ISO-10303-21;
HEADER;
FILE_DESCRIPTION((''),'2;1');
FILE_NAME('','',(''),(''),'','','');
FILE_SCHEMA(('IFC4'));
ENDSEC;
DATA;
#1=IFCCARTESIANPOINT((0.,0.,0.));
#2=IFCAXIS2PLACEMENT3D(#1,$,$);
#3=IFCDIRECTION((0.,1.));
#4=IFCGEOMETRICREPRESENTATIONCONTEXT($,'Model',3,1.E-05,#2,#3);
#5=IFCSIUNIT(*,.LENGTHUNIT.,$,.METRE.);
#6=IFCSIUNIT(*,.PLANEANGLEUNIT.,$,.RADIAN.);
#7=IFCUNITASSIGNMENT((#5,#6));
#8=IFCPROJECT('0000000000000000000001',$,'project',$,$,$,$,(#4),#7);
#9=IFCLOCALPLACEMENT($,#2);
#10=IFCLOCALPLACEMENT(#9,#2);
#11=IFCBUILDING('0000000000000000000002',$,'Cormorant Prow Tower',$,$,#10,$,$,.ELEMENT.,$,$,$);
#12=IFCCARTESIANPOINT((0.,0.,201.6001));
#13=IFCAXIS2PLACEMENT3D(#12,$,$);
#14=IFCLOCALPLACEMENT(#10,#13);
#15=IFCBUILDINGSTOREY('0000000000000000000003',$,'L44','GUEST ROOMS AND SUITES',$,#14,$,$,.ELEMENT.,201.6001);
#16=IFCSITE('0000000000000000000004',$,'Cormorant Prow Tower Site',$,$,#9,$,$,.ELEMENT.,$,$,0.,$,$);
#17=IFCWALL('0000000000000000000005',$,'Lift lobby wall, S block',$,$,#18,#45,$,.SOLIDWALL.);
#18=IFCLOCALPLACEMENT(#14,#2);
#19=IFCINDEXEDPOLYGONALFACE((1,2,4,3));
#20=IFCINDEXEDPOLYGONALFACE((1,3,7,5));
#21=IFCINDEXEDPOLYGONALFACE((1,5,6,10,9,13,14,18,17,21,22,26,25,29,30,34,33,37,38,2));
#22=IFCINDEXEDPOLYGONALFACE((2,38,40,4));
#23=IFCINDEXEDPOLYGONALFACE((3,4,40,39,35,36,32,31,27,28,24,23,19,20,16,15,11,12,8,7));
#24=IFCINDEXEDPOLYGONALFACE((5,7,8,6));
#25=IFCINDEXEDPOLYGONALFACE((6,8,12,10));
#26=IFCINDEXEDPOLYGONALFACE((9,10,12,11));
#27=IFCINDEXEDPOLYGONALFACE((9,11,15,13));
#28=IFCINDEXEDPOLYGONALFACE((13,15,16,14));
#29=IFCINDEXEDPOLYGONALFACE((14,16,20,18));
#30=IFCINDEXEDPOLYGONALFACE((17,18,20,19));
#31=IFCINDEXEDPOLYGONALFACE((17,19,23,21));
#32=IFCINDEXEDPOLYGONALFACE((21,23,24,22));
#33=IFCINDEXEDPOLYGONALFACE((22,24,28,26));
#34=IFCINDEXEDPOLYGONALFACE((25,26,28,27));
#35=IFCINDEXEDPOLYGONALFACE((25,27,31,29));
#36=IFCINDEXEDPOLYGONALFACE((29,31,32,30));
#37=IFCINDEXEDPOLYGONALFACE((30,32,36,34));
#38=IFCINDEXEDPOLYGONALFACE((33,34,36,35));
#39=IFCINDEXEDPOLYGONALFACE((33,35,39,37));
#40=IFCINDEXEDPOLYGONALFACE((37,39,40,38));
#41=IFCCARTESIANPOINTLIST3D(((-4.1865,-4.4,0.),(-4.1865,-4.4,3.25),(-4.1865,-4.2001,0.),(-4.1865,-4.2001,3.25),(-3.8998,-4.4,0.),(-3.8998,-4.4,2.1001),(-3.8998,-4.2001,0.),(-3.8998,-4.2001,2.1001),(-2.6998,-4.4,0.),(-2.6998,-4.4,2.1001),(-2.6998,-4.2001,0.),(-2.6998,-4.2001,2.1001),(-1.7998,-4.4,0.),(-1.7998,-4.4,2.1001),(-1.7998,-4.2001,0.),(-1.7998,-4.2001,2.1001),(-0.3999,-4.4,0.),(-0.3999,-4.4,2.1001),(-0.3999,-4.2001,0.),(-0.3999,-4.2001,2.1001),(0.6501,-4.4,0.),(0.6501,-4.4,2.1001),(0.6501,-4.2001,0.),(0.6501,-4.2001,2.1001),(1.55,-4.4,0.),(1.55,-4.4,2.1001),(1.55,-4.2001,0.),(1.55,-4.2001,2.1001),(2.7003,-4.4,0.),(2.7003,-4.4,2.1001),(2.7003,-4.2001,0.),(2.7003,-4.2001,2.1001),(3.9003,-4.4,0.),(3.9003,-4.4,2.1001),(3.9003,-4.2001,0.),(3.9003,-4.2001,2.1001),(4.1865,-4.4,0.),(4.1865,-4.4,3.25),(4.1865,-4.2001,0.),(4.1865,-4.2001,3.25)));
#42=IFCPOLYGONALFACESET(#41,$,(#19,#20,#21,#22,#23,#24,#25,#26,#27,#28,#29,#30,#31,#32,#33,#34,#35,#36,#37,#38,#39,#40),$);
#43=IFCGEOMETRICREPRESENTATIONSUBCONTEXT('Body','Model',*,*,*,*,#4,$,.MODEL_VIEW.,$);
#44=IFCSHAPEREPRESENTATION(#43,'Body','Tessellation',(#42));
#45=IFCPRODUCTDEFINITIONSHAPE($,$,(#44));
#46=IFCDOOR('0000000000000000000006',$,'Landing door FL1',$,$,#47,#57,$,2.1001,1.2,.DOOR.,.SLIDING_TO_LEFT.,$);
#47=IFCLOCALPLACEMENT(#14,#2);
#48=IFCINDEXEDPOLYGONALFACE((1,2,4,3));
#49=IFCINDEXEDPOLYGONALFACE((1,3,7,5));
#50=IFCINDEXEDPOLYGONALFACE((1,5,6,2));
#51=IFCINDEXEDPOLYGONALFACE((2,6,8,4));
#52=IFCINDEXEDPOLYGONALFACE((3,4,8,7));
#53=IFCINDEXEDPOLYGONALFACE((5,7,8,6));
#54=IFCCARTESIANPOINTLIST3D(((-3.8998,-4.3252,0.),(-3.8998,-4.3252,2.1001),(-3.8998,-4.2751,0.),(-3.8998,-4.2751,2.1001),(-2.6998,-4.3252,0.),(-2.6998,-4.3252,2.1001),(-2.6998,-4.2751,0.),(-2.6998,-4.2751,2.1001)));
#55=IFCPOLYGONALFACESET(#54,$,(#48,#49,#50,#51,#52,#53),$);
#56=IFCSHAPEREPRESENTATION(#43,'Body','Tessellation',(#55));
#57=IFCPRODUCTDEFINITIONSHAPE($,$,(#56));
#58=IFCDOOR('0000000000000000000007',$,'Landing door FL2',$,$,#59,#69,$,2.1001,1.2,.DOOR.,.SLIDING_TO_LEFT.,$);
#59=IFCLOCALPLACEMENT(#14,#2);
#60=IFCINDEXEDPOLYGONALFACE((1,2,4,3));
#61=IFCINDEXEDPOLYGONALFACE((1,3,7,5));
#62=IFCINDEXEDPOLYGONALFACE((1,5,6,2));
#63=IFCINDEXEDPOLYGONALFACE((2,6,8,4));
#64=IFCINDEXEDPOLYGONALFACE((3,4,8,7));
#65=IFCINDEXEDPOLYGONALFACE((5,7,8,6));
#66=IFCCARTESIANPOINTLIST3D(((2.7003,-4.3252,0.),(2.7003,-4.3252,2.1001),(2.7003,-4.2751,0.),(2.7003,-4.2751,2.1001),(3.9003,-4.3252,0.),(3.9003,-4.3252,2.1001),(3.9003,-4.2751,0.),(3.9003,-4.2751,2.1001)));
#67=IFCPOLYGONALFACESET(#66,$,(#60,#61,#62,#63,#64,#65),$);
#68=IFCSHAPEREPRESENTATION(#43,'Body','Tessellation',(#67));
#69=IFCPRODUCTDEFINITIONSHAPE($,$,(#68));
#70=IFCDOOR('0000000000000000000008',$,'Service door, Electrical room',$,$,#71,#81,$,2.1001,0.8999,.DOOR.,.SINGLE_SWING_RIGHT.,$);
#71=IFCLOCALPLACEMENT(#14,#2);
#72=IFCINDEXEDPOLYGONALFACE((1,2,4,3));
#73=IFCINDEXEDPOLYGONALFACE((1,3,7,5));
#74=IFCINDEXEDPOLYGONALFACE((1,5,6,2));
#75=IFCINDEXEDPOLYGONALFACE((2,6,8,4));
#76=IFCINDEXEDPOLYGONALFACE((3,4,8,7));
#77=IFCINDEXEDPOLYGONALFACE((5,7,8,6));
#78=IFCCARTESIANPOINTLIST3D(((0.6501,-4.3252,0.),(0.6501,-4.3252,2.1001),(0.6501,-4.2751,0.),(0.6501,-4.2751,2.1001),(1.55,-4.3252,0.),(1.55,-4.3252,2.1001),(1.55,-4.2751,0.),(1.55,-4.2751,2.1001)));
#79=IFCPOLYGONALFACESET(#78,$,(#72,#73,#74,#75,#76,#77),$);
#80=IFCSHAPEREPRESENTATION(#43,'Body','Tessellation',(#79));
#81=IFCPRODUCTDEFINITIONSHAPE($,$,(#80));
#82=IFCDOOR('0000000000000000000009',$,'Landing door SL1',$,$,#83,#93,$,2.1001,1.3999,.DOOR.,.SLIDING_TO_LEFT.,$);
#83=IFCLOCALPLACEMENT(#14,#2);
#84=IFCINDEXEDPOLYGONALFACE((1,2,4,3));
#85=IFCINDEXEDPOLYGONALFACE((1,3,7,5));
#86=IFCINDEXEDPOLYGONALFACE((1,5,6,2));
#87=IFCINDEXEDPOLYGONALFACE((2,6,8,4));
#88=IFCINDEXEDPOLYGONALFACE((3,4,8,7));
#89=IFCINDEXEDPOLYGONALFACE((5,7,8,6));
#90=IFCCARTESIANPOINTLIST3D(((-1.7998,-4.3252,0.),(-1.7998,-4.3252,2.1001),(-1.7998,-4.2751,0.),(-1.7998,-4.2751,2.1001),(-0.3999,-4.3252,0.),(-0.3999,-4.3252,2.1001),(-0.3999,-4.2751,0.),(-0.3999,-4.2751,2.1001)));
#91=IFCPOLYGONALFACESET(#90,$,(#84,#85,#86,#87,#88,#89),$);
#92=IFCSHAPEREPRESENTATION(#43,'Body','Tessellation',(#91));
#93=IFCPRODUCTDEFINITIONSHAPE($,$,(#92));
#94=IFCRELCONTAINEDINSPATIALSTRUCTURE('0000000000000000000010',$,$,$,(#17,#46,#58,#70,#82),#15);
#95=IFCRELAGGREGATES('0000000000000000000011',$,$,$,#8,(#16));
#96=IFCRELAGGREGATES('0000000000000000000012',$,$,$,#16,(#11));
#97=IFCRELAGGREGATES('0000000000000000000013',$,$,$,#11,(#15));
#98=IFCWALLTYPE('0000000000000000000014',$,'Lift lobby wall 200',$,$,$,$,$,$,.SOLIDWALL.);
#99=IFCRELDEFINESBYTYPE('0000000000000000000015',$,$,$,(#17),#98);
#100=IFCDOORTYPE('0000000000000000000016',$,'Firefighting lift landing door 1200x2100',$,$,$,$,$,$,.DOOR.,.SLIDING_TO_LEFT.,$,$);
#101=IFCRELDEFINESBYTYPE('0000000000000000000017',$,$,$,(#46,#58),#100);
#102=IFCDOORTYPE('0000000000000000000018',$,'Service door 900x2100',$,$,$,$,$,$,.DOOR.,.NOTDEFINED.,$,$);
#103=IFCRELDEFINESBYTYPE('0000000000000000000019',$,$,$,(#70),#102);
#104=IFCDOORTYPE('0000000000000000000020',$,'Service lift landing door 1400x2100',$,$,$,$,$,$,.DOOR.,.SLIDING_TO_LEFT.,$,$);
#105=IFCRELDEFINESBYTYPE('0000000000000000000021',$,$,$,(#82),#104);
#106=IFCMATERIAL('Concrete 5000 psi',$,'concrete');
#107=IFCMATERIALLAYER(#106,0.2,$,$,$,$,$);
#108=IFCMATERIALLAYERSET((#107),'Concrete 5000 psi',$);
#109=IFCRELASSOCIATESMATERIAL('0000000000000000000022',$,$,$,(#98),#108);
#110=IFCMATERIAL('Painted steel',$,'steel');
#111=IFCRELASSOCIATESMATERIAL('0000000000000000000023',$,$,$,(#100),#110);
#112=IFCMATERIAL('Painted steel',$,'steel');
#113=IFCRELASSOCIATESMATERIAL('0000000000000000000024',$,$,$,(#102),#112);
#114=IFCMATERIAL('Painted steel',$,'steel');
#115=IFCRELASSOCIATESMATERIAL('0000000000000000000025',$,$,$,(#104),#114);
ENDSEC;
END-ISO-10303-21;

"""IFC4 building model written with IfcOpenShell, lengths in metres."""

from ifc_helpers import new_model, si_unit, direction, frame, frame_2d, origin, place, context, subcontext, project, spatial, rectangle, extrude, material, layer, layer_set, type_object, element, fill, save


model = new_model("IFC4")

# Units and contexts
model_context = context("Model", 3, precision=1e-05, world=origin(), true_north=direction((0.0, 1.0)))
body_context = subcontext(model_context, "Body", "Model", "MODEL_VIEW")
ifc_project = project(units=[si_unit("LENGTHUNIT", "METRE"), si_unit("PLANEANGLEUNIT", "RADIAN")], contexts=[model_context])

# Site, building, storey
site_placement = place(None, origin())
site = spatial("IfcSite", under=ifc_project, at=site_placement, Name="Cormorant Prow Tower Site", CompositionType="ELEMENT", RefElevation=0.0)
building_placement = place(site_placement, origin())
building = spatial("IfcBuilding", under=site, at=building_placement, Name="Cormorant Prow Tower", CompositionType="ELEMENT")
storey_placement = place(building_placement, frame((0.0, 0.0, 201.6001)))
storey = spatial("IfcBuildingStorey", under=building, at=storey_placement, Name="L44", Description="GUEST ROOMS AND SUITES", CompositionType="ELEMENT", Elevation=201.6001)

# Wall, openings, doors
ifc_material_1 = material(Name="Concrete 5000 psi", Category="concrete")
ifc_layer_1 = layer(ifc_material_1, 0.2)
ifc_layer_set_1 = layer_set([ifc_layer_1], Name="Concrete 5000 psi")
wall_type_1 = type_object("IfcWallType", Name="Lift lobby wall 200", PredefinedType="SOLIDWALL", material=ifc_layer_set_1)
wall_1_placement = place(storey_placement, frame((-4.1865, -4.3, 0.0), z_axis=(0.0, 0.0, 1.0), x_axis=(1.0, 0.0, 0.0)))
wall_1 = element("IfcWall", 1, at=wall_1_placement, inside=storey, type_object=wall_type_1, Name="Lift lobby wall, S block", PredefinedType="SOLIDWALL", context=body_context, shape_type="SweptSolid", body=[
    extrude(rectangle(XDim=8.373, YDim=0.2, at=frame_2d((4.1865, 0.0))), origin(), (0.0, 0.0, 1.0), 3.25),
])
opening_1_placement = place(wall_1_placement, frame((0.2866, 0.0, 0.0)))
opening_1 = element("IfcOpeningElement", 2, at=opening_1_placement, cuts=wall_1, PredefinedType="OPENING", context=body_context, shape_type="SweptSolid", body=[
    extrude(rectangle(XDim=1.2, YDim=2.1001, at=frame_2d((0.6001, 1.05))), frame((0.0, 0.1099, 0.0), z_axis=(0.0, -1.0, 0.0), x_axis=(1.0, 0.0, 0.0)), (0.0, 0.0, 1.0), 0.22),
])
opening_2_placement = place(wall_1_placement, frame((2.3867, 0.0, 0.0)))
opening_2 = element("IfcOpeningElement", 3, at=opening_2_placement, cuts=wall_1, PredefinedType="OPENING", context=body_context, shape_type="SweptSolid", body=[
    extrude(rectangle(XDim=1.3999, YDim=2.1001, at=frame_2d((0.7, 1.05))), frame((0.0, 0.1099, 0.0), z_axis=(0.0, -1.0, 0.0), x_axis=(1.0, 0.0, 0.0)), (0.0, 0.0, 1.0), 0.22),
])
opening_3_placement = place(wall_1_placement, frame((4.8367, 0.0, 0.0)))
opening_3 = element("IfcOpeningElement", 4, at=opening_3_placement, cuts=wall_1, PredefinedType="OPENING", context=body_context, shape_type="SweptSolid", body=[
    extrude(rectangle(XDim=0.8999, YDim=2.1001, at=frame_2d((0.45, 1.05))), frame((0.0, 0.1099, 0.0), z_axis=(0.0, -1.0, 0.0), x_axis=(1.0, 0.0, 0.0)), (0.0, 0.0, 1.0), 0.22),
])
opening_4_placement = place(wall_1_placement, frame((6.8867, 0.0, 0.0)))
opening_4 = element("IfcOpeningElement", 5, at=opening_4_placement, cuts=wall_1, PredefinedType="OPENING", context=body_context, shape_type="SweptSolid", body=[
    extrude(rectangle(XDim=1.2, YDim=2.1001, at=frame_2d((0.6001, 1.05))), frame((0.0, 0.1099, 0.0), z_axis=(0.0, -1.0, 0.0), x_axis=(1.0, 0.0, 0.0)), (0.0, 0.0, 1.0), 0.22),
])
ifc_material_2 = material(Name="Painted steel", Category="steel")
door_type_1 = type_object("IfcDoorType", Name="Firefighting lift landing door 1200x2100", OperationType="SLIDING_TO_LEFT", PredefinedType="DOOR", material=ifc_material_2)
door_1_placement = place(opening_1_placement, origin())
door_1 = element("IfcDoor", 6, at=door_1_placement, inside=storey, type_object=door_type_1, Name="Landing door FL1", OperationType="SLIDING_TO_LEFT", OverallHeight=2.1001, OverallWidth=1.2, PredefinedType="DOOR", context=body_context, shape_type="SweptSolid", body=[
    extrude(rectangle(XDim=1.2, YDim=2.1001, at=frame_2d((0.6001, 1.05))), frame((0.0, 0.0249, 0.0), z_axis=(0.0, -1.0, 0.0), x_axis=(1.0, 0.0, 0.0)), (0.0, 0.0, 1.0), 0.05),
])
fill(opening_1, door_1)
door_2_placement = place(opening_4_placement, origin())
door_2 = element("IfcDoor", 7, at=door_2_placement, inside=storey, type_object=door_type_1, Name="Landing door FL2", OperationType="SLIDING_TO_LEFT", OverallHeight=2.1001, OverallWidth=1.2, PredefinedType="DOOR", context=body_context, shape_type="SweptSolid", body=[
    extrude(rectangle(XDim=1.2, YDim=2.1001, at=frame_2d((0.6001, 1.05))), frame((0.0, 0.0249, 0.0), z_axis=(0.0, -1.0, 0.0), x_axis=(1.0, 0.0, 0.0)), (0.0, 0.0, 1.0), 0.05),
])
fill(opening_4, door_2)
ifc_material_3 = material(Name="Painted steel", Category="steel")
door_type_2 = type_object("IfcDoorType", Name="Service door 900x2100", OperationType="NOTDEFINED", PredefinedType="DOOR", material=ifc_material_3)
door_3_placement = place(opening_3_placement, origin())
door_3 = element("IfcDoor", 8, at=door_3_placement, inside=storey, type_object=door_type_2, Name="Service door, Electrical room", OperationType="SINGLE_SWING_RIGHT", OverallHeight=2.1001, OverallWidth=0.8999, PredefinedType="DOOR", context=body_context, shape_type="SweptSolid", body=[
    extrude(rectangle(XDim=0.8999, YDim=2.1001, at=frame_2d((0.45, 1.05))), frame((0.0, 0.0249, 0.0), z_axis=(0.0, -1.0, 0.0), x_axis=(1.0, 0.0, 0.0)), (0.0, 0.0, 1.0), 0.05),
])
fill(opening_3, door_3)
ifc_material_4 = material(Name="Painted steel", Category="steel")
door_type_3 = type_object("IfcDoorType", Name="Service lift landing door 1400x2100", OperationType="SLIDING_TO_LEFT", PredefinedType="DOOR", material=ifc_material_4)
door_4_placement = place(opening_2_placement, origin())
door_4 = element("IfcDoor", 9, at=door_4_placement, inside=storey, type_object=door_type_3, Name="Landing door SL1", OperationType="SLIDING_TO_LEFT", OverallHeight=2.1001, OverallWidth=1.3999, PredefinedType="DOOR", context=body_context, shape_type="SweptSolid", body=[
    extrude(rectangle(XDim=1.3999, YDim=2.1001, at=frame_2d((0.7, 1.05))), frame((0.0, 0.0249, 0.0), z_axis=(0.0, -1.0, 0.0), x_axis=(1.0, 0.0, 0.0)), (0.0, 0.0, 1.0), 0.05),
])
fill(opening_2, door_4)

save(model, "model.ifc")
